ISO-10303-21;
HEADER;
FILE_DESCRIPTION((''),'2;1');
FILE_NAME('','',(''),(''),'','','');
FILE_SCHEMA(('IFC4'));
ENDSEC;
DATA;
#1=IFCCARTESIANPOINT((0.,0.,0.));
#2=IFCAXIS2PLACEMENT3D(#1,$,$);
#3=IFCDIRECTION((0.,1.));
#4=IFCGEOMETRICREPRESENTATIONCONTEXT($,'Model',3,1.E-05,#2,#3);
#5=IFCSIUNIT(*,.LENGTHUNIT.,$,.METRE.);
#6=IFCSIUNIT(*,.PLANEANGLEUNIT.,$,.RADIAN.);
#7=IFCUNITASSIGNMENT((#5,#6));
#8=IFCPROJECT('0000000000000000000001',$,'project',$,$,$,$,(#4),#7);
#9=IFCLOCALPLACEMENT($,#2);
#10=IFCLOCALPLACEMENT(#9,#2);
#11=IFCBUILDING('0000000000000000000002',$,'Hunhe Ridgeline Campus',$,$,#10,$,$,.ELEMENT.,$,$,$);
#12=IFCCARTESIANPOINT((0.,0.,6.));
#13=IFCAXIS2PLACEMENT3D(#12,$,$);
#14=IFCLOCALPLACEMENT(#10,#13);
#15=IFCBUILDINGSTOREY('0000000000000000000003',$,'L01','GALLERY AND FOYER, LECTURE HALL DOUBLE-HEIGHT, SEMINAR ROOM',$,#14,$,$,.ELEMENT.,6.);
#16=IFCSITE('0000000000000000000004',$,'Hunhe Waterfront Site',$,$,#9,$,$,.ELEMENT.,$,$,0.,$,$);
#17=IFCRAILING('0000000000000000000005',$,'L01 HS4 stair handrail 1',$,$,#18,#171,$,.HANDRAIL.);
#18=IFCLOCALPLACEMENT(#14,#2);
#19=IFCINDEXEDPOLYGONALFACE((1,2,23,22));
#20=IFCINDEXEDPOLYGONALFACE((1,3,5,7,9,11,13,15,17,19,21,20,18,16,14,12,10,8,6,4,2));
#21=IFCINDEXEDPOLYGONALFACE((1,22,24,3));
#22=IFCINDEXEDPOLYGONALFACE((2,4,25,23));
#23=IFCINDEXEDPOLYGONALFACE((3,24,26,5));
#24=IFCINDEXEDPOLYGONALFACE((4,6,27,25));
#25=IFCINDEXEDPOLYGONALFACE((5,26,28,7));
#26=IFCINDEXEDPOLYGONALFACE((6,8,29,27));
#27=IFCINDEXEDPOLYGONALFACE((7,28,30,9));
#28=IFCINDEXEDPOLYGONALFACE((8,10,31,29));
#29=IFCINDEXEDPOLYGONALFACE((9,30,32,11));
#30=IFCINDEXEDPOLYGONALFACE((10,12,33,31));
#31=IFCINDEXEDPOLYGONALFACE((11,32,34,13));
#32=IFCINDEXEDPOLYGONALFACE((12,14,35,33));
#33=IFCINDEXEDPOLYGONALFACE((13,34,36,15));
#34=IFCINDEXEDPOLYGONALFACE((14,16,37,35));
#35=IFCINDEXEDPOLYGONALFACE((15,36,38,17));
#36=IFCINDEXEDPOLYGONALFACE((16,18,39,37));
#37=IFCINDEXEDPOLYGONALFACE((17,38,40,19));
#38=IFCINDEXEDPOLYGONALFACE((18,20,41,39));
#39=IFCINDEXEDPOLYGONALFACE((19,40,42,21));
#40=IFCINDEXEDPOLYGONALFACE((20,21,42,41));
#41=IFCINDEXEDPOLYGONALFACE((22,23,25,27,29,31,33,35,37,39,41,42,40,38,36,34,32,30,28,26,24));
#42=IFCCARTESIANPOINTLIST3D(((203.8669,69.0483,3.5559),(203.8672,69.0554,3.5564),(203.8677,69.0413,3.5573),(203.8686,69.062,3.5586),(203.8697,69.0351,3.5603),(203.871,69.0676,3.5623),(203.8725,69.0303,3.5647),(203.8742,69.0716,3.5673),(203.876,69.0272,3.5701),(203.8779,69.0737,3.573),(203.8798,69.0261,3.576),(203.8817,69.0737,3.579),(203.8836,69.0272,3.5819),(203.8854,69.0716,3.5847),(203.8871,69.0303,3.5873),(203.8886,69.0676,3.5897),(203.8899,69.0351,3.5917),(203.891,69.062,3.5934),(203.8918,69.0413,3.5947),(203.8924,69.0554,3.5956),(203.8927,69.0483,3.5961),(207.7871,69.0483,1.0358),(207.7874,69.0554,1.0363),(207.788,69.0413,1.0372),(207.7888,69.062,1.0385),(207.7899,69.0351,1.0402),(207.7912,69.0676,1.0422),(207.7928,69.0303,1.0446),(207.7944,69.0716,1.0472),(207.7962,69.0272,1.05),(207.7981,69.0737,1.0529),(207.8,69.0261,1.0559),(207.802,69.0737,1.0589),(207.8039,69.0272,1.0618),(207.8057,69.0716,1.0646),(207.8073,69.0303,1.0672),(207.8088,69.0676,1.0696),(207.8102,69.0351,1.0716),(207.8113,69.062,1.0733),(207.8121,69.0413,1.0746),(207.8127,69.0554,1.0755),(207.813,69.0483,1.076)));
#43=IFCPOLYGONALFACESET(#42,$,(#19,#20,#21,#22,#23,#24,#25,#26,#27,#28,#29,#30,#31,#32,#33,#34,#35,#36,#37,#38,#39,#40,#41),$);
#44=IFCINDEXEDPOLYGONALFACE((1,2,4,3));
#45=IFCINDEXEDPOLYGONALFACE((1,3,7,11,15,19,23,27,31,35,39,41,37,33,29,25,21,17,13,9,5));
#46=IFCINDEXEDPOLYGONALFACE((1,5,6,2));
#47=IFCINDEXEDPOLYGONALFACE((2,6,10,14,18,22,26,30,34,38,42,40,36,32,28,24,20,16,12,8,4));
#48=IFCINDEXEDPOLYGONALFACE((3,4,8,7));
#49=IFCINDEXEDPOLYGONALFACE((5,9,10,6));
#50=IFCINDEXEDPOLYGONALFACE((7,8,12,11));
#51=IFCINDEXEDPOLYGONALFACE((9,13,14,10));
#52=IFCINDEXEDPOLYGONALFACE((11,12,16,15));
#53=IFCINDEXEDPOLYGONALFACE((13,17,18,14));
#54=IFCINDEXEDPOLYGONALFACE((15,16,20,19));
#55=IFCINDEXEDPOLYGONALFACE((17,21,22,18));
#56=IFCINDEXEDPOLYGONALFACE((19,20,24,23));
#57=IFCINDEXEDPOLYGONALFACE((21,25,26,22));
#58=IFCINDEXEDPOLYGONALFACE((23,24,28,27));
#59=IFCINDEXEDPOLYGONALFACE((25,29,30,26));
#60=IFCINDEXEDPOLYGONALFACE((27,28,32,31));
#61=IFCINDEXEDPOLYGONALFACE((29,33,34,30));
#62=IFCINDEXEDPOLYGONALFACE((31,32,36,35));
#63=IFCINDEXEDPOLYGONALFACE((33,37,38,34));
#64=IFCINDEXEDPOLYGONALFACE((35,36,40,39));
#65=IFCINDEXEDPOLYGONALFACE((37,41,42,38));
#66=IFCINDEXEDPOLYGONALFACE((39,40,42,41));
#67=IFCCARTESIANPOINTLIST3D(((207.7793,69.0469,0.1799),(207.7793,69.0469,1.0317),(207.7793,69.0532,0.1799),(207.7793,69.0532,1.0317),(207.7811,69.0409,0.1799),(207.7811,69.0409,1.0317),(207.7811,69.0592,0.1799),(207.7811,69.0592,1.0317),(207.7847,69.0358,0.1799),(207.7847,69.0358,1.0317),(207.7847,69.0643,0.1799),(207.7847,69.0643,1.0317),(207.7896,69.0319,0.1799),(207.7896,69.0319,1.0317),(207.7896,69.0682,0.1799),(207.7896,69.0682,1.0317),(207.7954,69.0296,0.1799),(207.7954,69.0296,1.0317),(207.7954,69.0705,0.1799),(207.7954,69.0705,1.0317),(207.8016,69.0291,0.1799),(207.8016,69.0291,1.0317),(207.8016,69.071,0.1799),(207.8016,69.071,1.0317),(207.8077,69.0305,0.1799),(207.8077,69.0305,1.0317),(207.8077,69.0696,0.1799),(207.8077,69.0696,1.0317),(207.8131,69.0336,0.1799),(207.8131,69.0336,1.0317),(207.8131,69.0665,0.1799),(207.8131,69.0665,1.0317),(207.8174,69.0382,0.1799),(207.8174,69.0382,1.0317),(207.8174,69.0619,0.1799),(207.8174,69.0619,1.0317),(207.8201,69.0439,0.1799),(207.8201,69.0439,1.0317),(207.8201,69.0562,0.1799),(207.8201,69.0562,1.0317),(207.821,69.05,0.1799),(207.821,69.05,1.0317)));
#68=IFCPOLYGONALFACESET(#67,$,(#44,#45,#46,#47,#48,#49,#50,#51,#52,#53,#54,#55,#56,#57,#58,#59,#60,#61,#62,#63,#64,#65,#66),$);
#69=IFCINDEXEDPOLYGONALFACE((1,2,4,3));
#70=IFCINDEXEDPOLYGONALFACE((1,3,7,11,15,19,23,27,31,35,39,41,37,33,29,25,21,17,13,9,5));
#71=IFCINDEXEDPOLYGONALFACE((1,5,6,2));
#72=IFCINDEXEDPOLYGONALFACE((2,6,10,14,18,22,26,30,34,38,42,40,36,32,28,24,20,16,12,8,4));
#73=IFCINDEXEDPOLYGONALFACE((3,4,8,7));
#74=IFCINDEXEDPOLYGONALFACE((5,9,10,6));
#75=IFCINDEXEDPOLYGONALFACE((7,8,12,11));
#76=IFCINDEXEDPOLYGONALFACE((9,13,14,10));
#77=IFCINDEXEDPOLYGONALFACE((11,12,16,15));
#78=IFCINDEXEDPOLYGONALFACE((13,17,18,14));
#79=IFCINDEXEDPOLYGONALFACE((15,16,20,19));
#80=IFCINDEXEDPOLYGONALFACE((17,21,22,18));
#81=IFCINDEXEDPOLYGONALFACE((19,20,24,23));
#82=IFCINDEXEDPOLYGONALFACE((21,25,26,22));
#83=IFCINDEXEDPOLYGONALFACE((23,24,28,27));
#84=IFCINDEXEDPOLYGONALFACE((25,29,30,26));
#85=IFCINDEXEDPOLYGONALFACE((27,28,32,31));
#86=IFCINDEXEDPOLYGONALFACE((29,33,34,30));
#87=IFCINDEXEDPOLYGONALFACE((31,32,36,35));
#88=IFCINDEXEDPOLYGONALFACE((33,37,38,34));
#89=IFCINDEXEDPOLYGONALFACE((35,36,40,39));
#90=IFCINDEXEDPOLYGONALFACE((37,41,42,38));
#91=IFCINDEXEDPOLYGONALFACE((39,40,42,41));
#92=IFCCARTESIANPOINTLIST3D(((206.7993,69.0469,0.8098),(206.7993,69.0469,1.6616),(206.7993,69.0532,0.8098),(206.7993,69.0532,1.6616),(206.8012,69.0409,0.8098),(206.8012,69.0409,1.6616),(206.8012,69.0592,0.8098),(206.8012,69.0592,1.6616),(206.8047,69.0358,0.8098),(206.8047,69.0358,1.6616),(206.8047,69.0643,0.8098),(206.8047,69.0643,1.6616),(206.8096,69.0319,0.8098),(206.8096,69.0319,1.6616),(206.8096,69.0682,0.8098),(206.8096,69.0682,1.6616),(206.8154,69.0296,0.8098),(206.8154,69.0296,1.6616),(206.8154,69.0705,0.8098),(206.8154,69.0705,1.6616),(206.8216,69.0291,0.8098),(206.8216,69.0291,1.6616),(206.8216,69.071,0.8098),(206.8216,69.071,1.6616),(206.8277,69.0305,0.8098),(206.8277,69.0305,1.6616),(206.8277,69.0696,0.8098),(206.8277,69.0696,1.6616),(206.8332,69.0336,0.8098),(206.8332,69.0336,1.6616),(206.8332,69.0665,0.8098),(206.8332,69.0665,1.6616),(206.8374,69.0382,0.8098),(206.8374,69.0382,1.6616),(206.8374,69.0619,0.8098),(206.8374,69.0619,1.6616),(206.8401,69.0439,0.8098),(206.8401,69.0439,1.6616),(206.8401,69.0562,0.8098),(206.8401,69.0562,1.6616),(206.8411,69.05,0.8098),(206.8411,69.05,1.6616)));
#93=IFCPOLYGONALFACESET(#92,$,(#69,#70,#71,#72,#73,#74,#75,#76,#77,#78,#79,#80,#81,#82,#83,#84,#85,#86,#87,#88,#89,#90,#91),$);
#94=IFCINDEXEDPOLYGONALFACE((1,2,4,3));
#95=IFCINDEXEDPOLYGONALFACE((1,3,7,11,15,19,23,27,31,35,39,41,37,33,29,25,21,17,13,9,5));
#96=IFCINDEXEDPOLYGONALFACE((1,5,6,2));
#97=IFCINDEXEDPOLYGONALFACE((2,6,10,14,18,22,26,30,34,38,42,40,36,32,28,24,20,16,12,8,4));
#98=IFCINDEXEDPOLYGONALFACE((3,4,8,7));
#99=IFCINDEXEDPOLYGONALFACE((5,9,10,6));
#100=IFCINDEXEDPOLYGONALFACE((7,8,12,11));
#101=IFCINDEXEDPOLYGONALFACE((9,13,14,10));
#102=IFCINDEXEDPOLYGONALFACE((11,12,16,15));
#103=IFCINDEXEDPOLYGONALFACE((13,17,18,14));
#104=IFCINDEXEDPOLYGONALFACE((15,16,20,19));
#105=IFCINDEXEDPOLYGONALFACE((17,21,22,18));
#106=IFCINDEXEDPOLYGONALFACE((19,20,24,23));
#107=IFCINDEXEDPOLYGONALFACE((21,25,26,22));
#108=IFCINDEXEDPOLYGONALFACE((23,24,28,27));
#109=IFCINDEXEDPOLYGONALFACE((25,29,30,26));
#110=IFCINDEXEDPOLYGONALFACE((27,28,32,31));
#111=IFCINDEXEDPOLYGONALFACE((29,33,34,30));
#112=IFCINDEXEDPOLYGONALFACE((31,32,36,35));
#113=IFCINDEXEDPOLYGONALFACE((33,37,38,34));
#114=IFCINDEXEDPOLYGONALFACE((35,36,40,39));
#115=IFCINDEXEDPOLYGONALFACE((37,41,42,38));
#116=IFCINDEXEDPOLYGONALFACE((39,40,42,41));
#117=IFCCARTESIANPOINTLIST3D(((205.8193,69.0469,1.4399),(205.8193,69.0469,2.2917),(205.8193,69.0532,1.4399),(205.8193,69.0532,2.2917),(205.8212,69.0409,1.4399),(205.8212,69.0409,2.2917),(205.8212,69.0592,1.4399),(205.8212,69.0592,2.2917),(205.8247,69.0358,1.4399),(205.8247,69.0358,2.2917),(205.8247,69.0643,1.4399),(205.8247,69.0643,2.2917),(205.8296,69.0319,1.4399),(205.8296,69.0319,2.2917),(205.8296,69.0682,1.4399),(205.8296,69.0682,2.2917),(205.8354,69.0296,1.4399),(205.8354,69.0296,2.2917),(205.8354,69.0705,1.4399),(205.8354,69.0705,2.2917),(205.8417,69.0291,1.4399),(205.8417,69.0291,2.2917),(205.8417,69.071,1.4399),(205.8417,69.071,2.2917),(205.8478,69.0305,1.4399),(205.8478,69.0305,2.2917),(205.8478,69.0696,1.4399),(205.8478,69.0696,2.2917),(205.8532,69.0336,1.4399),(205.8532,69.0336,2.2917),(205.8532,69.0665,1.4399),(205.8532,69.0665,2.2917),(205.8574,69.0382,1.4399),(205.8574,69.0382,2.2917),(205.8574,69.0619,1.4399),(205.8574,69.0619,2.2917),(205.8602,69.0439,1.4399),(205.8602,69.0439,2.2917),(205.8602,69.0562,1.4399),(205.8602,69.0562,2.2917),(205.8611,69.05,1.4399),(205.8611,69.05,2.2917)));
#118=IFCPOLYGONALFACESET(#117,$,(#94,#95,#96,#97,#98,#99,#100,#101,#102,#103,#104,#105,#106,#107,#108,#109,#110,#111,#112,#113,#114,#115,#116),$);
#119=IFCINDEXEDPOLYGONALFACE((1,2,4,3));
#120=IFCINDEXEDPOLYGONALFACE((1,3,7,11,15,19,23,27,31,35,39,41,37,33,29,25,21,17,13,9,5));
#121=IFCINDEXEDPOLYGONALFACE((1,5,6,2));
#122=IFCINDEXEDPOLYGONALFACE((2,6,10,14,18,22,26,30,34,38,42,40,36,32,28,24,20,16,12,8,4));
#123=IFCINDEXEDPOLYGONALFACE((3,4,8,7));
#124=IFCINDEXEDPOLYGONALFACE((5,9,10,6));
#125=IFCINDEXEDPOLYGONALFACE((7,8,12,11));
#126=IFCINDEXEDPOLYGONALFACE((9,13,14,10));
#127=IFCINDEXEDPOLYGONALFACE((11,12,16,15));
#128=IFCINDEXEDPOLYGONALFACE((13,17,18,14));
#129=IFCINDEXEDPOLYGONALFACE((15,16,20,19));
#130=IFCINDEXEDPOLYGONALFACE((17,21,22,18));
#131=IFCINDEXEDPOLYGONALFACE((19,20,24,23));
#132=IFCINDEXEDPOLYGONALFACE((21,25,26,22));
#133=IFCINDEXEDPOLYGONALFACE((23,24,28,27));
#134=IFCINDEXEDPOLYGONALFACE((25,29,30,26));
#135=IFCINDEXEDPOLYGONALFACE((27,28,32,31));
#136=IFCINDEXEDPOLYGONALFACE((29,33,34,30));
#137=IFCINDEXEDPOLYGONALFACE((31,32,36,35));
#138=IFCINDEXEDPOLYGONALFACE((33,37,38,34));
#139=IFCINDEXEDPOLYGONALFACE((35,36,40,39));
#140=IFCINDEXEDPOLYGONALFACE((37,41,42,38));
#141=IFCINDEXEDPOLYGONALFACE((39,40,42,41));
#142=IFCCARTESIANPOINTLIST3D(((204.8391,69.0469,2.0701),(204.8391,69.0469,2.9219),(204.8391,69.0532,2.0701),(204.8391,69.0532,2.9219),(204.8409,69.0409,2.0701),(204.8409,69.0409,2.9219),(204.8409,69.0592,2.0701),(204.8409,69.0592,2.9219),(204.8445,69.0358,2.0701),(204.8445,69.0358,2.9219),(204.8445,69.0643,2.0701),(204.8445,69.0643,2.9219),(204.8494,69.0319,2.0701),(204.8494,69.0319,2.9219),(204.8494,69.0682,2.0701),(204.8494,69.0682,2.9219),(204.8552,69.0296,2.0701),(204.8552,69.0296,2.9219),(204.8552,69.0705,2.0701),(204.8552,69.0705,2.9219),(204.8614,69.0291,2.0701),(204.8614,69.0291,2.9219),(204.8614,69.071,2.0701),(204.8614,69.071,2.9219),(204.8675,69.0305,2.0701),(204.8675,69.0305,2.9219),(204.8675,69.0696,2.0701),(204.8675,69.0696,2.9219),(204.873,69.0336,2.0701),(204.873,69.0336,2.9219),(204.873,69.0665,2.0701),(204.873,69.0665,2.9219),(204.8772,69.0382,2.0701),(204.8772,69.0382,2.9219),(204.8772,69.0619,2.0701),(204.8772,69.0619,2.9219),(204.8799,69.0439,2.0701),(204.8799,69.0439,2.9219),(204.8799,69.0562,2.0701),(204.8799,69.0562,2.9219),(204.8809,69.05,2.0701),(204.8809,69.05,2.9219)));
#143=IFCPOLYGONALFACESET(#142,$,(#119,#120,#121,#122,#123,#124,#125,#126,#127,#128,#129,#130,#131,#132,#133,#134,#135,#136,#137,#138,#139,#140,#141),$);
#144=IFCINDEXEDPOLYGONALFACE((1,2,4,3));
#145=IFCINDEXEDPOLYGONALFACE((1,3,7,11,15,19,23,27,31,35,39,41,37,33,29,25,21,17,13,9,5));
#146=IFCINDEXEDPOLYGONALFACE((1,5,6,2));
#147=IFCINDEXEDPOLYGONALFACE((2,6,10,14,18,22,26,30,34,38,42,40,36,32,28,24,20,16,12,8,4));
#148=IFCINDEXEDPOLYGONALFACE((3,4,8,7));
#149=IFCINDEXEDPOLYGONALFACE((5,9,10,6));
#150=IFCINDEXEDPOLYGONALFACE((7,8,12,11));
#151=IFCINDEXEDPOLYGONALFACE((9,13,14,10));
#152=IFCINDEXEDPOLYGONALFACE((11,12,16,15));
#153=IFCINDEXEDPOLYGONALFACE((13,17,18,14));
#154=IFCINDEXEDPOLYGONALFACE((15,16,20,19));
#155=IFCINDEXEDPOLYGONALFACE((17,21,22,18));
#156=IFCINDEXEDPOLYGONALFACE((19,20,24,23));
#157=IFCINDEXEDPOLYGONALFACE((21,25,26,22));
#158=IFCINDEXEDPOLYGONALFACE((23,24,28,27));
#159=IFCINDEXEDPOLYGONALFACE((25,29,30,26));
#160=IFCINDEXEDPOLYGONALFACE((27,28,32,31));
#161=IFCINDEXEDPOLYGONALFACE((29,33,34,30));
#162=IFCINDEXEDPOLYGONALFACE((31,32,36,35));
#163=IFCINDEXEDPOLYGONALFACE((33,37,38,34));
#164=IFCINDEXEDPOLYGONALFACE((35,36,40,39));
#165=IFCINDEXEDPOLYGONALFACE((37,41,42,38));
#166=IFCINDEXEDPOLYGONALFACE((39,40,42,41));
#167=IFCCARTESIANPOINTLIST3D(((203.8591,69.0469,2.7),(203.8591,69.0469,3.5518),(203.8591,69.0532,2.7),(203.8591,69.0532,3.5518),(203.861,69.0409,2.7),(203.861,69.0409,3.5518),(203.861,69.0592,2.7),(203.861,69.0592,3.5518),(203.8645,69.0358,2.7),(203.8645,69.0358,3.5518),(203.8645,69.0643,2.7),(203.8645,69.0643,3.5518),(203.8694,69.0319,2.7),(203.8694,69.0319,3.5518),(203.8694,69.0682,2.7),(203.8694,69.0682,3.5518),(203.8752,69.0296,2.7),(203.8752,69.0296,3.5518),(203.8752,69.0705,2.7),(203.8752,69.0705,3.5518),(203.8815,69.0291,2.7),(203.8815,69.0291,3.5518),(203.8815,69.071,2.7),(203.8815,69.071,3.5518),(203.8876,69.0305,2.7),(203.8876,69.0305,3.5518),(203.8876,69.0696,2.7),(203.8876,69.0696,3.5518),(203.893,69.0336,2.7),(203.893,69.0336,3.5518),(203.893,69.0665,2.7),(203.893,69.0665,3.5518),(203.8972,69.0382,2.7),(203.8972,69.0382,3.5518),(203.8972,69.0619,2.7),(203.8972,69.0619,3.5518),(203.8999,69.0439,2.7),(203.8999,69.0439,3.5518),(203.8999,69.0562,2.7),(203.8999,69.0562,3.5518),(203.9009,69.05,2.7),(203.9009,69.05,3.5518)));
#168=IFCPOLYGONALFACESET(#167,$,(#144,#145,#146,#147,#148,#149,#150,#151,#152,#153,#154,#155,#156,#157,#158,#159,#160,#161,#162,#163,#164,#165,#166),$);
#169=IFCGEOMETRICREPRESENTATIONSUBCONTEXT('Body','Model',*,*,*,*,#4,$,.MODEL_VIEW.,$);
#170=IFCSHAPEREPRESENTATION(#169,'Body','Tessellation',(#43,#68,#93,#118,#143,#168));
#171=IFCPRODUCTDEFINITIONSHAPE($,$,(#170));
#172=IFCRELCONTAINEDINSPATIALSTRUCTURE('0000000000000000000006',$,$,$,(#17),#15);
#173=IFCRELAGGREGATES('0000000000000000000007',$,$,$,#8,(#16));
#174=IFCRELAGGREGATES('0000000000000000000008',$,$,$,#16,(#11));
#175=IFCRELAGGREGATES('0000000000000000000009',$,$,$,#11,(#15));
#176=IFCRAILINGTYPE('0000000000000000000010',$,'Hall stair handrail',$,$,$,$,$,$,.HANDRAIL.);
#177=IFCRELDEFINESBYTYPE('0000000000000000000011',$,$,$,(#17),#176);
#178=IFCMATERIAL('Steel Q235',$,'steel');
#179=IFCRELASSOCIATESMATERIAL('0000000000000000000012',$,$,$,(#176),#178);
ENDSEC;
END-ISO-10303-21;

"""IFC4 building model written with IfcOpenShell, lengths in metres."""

from ifc_helpers import new_model, si_unit, direction, frame, origin, origin_2d, place, context, subcontext, project, spatial, circle, extrude, material, type_object, element, save


model = new_model("IFC4")

# Units and contexts
model_context = context("Model", 3, precision=1e-05, world=origin(), true_north=direction((0.0, 1.0)))
body_context = subcontext(model_context, "Body", "Model", "MODEL_VIEW")
ifc_project = project(units=[si_unit("LENGTHUNIT", "METRE"), si_unit("PLANEANGLEUNIT", "RADIAN")], contexts=[model_context])

# Site, building, storey
site_placement = place(None, origin())
site = spatial("IfcSite", under=ifc_project, at=site_placement, Name="Hunhe Waterfront Site", CompositionType="ELEMENT", RefElevation=0.0)
building_placement = place(site_placement, origin())
building = spatial("IfcBuilding", under=site, at=building_placement, Name="Hunhe Ridgeline Campus", CompositionType="ELEMENT")
storey_placement = place(building_placement, frame((0.0, 0.0, 6.0)))
storey = spatial("IfcBuildingStorey", under=building, at=storey_placement, Name="L01", Description="GALLERY AND FOYER, LECTURE HALL DOUBLE-HEIGHT, SEMINAR ROOM", CompositionType="ELEMENT", Elevation=6.0)

# Shared definitions
ifc_material_1 = material(Name="Steel Q235", Category="steel")

# Railing
railing_type_1 = type_object("IfcRailingType", Name="Hall stair handrail", PredefinedType="HANDRAIL", material=ifc_material_1)
railing_1_placement = place(storey_placement, frame((207.8, 69.05, 0.1799)))
element("IfcRailing", 1, at=railing_1_placement, inside=storey, type_object=railing_type_1, Name="L01 HS4 stair handrail 1", PredefinedType="HANDRAIL", context=body_context, shape_type="SweptSolid", body=[
    extrude(circle(Radius=0.0239, at=origin_2d()), frame((0.0, 0.0, 0.876), z_axis=(-0.841187, 0.0, 0.540744), x_axis=(0.0, -1.0, 0.0)), (0.0, 0.0, 1.0), 4.6604),
    extrude(circle(Radius=0.021, at=origin_2d()), origin(), (0.0, 0.0, 1.0), 0.8518),
    extrude(circle(Radius=0.021, at=origin_2d()), frame((-0.98, 0.0, 0.6299)), (0.0, 0.0, 1.0), 0.8518),
    extrude(circle(Radius=0.021, at=origin_2d()), frame((-1.96, 0.0, 1.26)), (0.0, 0.0, 1.0), 0.8518),
    extrude(circle(Radius=0.021, at=origin_2d()), frame((-2.9402, 0.0, 1.8901)), (0.0, 0.0, 1.0), 0.8518),
    extrude(circle(Radius=0.021, at=origin_2d()), frame((-3.9202, 0.0, 2.52)), (0.0, 0.0, 1.0), 0.8518),
])

save(model, "model.ifc")
